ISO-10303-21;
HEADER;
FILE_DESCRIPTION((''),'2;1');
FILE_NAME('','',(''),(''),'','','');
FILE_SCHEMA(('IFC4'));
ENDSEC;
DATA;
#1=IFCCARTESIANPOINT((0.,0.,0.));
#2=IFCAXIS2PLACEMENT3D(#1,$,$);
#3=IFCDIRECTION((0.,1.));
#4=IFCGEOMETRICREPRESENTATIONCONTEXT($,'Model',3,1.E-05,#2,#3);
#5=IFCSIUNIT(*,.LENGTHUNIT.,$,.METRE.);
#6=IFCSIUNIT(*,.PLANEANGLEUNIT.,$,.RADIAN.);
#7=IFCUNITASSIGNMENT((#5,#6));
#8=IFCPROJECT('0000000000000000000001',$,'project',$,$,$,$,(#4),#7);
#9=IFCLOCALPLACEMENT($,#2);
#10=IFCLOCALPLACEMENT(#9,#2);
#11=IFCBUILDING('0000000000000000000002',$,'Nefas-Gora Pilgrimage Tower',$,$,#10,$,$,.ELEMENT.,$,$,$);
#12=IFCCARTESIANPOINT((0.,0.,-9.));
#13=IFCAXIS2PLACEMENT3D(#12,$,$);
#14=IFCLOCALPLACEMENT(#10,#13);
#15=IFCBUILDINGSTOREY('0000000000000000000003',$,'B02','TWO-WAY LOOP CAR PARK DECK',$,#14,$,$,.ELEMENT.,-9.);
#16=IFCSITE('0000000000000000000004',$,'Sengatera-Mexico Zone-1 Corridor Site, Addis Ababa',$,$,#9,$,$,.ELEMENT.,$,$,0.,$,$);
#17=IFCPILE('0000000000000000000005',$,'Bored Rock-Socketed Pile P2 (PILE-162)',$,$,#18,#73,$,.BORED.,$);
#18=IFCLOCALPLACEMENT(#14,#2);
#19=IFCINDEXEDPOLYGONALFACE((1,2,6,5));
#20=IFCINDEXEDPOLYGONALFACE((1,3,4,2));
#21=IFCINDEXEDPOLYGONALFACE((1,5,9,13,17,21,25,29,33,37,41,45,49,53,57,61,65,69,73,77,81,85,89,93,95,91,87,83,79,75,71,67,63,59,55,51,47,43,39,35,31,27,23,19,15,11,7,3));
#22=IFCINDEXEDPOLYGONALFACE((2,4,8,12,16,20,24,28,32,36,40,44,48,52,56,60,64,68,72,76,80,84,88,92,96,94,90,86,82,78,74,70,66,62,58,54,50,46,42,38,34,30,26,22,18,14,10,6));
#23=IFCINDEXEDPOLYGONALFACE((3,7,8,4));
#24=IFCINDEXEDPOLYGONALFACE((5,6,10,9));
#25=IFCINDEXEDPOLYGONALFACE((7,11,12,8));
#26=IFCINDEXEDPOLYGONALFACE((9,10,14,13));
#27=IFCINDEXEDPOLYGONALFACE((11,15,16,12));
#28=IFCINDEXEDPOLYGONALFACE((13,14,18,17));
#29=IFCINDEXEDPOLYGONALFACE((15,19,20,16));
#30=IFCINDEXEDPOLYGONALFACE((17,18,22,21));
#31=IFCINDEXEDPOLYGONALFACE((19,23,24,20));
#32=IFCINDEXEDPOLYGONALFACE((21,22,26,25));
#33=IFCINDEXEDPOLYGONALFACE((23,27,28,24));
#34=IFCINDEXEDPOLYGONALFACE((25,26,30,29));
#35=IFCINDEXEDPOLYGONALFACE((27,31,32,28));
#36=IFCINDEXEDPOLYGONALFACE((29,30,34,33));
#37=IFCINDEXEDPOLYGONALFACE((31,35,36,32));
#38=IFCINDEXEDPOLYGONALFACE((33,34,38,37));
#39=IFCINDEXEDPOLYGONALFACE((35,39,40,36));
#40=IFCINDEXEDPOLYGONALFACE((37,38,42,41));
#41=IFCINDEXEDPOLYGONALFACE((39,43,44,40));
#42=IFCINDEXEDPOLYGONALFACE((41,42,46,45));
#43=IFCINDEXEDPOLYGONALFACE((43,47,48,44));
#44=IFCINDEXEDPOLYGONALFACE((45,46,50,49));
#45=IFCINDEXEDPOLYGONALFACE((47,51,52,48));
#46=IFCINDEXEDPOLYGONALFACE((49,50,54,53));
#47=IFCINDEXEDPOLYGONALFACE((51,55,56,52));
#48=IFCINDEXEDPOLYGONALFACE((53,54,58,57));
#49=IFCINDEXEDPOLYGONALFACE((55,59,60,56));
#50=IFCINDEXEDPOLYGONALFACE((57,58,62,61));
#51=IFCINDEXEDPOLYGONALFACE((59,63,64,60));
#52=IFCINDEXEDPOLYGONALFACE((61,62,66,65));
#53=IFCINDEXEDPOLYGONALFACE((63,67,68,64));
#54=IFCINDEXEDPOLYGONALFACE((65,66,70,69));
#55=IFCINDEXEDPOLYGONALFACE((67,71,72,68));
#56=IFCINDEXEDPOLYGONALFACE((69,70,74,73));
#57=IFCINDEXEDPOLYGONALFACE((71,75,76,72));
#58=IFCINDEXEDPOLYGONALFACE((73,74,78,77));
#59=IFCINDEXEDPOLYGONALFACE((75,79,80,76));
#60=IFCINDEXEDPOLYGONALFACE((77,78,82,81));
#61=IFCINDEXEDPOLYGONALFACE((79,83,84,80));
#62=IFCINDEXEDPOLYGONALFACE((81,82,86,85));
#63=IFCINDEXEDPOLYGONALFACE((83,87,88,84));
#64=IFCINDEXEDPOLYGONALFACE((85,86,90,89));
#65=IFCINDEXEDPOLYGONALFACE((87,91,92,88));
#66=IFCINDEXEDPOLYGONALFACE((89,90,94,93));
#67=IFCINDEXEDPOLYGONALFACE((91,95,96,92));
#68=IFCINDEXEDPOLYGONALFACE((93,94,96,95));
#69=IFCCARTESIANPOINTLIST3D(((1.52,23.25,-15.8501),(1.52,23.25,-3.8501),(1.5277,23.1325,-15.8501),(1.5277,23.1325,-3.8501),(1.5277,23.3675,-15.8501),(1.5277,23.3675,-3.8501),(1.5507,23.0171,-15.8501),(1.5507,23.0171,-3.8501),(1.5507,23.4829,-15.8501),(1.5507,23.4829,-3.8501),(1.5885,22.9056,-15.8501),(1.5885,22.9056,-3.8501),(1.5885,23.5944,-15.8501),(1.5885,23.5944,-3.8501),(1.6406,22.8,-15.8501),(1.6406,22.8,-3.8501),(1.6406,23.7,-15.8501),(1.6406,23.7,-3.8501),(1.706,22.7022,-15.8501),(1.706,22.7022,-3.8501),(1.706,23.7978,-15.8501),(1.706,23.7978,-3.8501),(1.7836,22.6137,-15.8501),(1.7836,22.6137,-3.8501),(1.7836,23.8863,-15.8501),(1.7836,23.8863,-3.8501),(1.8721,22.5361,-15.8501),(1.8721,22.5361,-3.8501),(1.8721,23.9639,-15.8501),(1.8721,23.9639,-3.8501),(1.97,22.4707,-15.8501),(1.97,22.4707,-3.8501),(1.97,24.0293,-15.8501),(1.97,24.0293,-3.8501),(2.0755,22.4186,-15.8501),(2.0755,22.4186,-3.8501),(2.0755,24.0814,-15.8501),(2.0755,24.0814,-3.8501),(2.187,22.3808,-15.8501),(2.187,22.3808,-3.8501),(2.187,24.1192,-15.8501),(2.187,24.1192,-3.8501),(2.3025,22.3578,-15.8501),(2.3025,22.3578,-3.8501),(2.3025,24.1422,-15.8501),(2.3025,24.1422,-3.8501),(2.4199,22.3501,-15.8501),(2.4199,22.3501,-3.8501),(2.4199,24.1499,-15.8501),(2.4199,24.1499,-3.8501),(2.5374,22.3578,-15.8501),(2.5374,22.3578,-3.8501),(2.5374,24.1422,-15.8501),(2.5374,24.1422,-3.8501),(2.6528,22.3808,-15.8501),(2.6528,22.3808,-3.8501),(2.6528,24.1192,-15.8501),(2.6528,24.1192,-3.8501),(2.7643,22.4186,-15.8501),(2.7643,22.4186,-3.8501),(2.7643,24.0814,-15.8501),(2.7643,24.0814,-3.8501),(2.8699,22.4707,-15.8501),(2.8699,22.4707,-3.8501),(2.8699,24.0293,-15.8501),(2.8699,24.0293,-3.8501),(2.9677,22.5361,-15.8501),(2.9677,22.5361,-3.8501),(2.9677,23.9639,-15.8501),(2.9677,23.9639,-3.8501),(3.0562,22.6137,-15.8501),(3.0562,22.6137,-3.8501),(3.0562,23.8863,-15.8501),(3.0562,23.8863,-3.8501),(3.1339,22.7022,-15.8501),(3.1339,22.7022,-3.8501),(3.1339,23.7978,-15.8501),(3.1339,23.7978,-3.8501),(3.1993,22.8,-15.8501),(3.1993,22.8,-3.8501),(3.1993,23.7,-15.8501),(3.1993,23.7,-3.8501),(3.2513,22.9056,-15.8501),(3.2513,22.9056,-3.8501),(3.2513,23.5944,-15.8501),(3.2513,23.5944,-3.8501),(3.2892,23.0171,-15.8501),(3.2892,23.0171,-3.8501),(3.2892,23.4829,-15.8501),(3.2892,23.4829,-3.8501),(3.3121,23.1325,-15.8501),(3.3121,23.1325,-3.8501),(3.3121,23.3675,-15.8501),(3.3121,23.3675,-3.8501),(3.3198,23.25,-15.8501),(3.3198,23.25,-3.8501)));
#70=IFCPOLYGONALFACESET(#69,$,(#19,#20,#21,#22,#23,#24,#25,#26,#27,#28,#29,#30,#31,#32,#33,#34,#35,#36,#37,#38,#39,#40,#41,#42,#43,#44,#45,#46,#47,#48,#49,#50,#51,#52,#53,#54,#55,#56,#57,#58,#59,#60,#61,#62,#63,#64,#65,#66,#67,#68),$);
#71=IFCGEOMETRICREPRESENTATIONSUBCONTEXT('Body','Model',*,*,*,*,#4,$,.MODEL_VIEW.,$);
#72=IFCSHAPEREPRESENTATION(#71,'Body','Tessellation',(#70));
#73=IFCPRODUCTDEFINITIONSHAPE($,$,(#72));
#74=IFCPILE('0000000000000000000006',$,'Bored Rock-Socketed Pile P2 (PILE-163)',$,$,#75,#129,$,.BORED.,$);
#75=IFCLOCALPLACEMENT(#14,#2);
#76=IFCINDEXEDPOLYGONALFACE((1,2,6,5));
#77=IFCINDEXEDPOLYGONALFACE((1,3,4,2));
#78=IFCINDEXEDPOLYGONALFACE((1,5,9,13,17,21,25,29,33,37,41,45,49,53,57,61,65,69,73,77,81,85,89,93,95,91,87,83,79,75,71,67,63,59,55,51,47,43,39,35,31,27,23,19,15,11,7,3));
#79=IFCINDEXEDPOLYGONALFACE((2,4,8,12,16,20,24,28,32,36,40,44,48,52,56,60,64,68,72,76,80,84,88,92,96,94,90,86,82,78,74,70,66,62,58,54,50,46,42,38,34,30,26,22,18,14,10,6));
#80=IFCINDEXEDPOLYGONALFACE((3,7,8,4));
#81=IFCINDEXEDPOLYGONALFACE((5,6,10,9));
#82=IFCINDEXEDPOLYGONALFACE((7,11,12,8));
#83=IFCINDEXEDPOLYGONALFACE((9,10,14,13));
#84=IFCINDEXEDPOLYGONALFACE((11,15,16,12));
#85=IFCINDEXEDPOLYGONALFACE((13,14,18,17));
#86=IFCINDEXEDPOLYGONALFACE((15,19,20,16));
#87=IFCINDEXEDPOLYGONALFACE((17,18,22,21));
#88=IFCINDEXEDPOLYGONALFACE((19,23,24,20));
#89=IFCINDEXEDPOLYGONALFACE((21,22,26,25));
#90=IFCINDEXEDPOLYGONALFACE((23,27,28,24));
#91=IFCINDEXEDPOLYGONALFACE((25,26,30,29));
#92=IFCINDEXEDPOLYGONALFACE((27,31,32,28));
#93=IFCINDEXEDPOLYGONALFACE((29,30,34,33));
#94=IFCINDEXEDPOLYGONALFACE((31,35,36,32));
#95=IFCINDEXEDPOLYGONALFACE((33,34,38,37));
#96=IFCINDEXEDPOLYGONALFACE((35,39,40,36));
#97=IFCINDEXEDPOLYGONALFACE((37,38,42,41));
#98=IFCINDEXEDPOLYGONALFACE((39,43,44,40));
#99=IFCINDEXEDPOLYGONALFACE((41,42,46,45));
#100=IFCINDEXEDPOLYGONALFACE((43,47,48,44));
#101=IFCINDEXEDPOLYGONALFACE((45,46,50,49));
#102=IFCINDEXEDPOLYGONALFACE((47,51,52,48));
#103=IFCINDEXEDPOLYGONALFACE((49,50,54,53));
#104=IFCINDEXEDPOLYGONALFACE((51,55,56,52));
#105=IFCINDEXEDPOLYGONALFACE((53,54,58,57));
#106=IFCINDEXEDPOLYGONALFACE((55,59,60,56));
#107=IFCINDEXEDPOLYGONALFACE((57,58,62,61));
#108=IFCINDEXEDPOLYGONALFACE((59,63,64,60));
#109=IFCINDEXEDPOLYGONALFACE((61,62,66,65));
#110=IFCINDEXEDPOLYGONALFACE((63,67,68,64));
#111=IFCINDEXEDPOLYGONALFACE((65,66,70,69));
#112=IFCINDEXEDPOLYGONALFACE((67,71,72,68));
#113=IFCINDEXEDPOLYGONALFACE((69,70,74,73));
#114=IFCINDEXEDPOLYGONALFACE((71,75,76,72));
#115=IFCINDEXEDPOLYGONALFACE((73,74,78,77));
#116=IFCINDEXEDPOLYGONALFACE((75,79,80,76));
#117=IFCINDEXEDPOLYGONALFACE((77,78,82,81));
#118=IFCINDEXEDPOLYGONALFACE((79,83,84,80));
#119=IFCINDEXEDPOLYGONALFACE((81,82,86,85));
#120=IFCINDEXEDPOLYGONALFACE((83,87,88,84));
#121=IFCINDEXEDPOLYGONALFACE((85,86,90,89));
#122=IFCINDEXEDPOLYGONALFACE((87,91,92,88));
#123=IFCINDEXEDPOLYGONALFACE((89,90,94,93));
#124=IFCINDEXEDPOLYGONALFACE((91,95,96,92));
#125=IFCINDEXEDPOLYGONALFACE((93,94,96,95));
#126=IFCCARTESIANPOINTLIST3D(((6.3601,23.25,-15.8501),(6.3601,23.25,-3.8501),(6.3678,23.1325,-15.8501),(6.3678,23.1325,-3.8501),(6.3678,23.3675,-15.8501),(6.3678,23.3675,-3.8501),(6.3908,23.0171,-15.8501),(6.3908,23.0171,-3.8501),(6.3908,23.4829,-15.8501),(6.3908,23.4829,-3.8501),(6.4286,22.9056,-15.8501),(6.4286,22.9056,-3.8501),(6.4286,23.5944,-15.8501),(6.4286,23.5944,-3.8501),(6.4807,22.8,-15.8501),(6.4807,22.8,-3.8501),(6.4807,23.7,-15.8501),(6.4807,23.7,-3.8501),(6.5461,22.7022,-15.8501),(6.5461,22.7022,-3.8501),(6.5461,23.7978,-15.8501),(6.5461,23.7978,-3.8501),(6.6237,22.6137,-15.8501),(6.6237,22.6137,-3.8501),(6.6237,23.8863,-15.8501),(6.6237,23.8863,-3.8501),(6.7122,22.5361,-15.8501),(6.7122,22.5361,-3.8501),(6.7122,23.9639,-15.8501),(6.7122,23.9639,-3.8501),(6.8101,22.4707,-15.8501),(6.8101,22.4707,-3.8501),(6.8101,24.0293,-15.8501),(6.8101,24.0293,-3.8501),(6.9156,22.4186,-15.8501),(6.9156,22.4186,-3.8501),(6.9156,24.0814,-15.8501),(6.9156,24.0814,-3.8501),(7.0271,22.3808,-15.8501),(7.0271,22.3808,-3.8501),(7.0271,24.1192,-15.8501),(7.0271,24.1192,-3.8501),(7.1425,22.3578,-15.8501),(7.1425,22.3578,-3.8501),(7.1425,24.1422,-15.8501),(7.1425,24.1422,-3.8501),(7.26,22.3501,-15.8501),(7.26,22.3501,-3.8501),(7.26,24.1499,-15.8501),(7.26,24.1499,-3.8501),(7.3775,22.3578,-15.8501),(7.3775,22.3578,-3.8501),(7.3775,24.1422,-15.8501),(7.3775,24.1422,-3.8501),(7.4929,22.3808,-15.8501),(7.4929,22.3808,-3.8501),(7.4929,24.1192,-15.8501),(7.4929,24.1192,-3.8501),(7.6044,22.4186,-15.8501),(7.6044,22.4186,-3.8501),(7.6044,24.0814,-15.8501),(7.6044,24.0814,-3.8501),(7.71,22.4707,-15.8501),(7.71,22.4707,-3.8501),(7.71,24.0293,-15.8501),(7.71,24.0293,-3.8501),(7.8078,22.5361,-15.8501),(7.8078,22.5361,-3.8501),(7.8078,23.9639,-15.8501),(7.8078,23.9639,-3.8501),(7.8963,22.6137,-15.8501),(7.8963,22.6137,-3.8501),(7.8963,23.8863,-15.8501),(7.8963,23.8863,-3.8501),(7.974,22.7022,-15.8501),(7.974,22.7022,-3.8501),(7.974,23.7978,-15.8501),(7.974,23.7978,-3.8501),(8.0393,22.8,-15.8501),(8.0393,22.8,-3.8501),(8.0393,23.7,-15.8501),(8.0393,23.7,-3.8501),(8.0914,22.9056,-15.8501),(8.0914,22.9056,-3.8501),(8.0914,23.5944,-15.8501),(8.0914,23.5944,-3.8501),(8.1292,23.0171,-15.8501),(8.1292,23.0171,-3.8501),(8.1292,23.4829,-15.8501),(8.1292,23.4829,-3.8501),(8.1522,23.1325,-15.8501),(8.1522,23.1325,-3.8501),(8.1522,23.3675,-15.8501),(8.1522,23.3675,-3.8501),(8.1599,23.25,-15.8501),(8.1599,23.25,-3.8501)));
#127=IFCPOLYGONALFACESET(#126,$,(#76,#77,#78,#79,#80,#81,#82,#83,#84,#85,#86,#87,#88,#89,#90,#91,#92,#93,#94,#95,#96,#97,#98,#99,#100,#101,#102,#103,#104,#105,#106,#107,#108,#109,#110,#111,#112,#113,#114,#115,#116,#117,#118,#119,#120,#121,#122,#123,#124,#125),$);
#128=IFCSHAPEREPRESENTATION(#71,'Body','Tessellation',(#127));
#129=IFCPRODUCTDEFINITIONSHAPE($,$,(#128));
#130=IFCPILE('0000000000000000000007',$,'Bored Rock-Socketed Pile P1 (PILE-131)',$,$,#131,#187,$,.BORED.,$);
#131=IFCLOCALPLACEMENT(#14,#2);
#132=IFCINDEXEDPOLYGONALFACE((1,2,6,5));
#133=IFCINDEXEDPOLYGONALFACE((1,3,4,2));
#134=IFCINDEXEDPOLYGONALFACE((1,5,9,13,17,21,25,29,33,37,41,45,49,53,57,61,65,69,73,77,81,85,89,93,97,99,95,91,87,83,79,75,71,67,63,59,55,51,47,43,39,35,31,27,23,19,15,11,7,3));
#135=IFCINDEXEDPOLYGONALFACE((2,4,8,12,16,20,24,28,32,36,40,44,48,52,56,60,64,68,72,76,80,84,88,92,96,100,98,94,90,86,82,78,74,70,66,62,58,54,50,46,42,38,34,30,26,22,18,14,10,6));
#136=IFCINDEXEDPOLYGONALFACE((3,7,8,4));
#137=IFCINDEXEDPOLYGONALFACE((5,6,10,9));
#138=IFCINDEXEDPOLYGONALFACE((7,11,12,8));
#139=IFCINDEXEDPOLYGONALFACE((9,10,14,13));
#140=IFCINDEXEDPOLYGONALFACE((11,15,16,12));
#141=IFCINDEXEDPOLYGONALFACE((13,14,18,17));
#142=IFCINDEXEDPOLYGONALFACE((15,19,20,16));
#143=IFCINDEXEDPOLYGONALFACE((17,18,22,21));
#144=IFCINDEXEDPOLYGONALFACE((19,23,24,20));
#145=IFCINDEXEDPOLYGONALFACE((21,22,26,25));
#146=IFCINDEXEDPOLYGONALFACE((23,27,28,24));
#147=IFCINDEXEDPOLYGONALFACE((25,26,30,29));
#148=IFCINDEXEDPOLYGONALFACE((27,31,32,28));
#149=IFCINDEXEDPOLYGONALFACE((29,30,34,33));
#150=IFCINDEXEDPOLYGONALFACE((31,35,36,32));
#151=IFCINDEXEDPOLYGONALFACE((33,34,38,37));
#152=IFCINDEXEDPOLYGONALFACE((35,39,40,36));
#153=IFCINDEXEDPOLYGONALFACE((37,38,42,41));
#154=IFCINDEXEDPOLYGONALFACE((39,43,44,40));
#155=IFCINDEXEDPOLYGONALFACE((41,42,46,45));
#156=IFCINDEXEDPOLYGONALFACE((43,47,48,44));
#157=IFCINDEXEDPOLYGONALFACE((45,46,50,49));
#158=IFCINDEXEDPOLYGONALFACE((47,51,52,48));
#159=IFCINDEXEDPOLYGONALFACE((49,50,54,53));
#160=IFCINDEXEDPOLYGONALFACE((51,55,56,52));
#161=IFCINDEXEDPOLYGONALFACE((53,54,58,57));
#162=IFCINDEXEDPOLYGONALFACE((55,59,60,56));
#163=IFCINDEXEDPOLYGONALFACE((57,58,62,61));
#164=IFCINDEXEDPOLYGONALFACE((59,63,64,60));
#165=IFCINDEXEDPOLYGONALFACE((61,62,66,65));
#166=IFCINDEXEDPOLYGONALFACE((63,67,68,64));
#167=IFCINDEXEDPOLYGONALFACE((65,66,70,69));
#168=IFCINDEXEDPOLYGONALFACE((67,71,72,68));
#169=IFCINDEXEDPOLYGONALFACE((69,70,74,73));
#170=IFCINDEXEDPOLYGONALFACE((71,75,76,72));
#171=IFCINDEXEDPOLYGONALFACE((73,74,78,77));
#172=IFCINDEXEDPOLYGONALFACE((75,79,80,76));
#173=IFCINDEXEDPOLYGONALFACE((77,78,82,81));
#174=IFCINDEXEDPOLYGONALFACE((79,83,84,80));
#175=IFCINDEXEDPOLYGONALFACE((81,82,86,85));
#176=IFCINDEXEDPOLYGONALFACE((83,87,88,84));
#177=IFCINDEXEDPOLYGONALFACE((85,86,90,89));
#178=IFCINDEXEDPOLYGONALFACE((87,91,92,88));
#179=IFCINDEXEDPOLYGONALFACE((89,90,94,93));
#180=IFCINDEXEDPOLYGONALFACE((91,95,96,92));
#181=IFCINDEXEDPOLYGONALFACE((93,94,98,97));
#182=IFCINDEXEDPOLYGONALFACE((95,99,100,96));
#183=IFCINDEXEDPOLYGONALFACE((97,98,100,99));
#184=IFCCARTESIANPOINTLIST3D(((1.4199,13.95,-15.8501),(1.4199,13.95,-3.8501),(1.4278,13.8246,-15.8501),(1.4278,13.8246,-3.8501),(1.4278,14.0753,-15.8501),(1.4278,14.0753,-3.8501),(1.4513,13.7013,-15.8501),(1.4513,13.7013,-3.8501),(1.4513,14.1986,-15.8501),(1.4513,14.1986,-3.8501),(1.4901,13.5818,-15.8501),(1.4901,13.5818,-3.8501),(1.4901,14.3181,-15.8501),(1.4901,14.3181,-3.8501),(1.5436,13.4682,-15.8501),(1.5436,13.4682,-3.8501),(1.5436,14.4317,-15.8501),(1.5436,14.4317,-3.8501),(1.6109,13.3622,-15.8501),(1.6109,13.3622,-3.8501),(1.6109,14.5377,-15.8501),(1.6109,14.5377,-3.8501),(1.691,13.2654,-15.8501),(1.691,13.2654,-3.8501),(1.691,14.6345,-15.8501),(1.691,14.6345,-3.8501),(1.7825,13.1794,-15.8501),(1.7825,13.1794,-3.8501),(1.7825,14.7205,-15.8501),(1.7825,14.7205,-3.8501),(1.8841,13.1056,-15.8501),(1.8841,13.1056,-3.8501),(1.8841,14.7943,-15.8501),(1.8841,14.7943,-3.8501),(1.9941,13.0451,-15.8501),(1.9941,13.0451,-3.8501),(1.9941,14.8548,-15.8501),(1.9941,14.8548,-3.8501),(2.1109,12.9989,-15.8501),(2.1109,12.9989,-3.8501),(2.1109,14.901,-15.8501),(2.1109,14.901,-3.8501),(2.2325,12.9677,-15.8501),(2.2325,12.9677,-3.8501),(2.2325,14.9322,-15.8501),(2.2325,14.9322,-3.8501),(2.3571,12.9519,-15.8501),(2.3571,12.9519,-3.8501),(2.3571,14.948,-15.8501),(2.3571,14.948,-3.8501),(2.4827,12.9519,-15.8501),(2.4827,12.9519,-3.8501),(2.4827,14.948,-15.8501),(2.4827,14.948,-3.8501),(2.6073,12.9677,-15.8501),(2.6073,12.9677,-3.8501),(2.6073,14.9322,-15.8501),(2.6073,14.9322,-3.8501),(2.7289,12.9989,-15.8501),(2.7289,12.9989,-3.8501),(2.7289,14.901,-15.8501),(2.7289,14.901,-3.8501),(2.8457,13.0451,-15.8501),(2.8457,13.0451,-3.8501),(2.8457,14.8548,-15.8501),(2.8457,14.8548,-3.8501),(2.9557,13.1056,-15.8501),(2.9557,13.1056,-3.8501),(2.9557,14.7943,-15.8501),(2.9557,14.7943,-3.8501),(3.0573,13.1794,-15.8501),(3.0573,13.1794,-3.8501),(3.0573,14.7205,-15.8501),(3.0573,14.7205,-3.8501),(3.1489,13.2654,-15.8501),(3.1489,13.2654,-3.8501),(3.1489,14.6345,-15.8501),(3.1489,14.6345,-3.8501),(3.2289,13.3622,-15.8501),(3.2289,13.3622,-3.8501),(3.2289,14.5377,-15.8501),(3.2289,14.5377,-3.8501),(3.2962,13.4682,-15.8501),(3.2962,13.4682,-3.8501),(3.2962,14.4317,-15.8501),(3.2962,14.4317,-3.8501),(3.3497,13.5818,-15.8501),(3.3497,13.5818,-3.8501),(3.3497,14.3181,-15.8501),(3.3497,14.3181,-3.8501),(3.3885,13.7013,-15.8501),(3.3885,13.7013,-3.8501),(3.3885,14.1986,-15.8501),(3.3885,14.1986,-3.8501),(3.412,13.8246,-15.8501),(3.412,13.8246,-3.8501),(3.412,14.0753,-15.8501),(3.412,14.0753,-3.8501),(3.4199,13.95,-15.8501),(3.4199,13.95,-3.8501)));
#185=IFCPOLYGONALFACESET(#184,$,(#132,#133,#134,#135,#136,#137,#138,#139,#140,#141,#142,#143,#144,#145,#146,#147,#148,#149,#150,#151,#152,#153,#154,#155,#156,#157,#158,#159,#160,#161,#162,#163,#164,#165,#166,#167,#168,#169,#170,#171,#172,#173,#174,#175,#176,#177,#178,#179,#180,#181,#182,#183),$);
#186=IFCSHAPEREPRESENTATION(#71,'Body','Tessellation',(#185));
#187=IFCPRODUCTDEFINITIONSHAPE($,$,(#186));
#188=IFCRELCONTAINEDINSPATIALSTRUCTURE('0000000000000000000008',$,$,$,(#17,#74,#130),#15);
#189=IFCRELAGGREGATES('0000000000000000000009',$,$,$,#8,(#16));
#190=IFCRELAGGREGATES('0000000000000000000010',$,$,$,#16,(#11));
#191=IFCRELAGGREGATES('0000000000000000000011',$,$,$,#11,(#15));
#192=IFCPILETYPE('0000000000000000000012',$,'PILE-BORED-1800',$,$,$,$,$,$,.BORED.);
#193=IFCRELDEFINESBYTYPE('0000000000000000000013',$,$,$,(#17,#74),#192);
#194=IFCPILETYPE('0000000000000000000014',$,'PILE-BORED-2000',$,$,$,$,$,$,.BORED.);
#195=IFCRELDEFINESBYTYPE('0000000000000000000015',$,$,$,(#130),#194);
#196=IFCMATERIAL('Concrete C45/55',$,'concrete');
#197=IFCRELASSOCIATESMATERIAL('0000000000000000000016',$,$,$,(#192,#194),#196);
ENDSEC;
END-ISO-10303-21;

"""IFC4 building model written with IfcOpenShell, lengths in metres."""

from ifc_helpers import new_model, si_unit, direction, frame, origin, origin_2d, place, context, subcontext, project, spatial, circle, extrude, source, transform, mapped, material, material_profile, profile_set, type_object, element, save


model = new_model("IFC4")

# Units and contexts
model_context = context("Model", 3, precision=1e-05, world=origin(), true_north=direction((0.0, 1.0)))
body_context = subcontext(model_context, "Body", "Model", "MODEL_VIEW")
ifc_project = project(units=[si_unit("LENGTHUNIT", "METRE"), si_unit("PLANEANGLEUNIT", "RADIAN")], contexts=[model_context])

# Site, building, storey
site_placement = place(None, origin())
site = spatial("IfcSite", under=ifc_project, at=site_placement, Name="Sengatera-Mexico Zone-1 Corridor Site, Addis Ababa", CompositionType="ELEMENT", RefElevation=0.0)
building_placement = place(site_placement, origin())
building = spatial("IfcBuilding", under=site, at=building_placement, Name="Nefas-Gora Pilgrimage Tower", CompositionType="ELEMENT")
storey_placement = place(building_placement, frame((0.0, 0.0, -9.0)))
storey = spatial("IfcBuildingStorey", under=building, at=storey_placement, Name="B02", Description="TWO-WAY LOOP CAR PARK DECK", CompositionType="ELEMENT", Elevation=-9.0)

# Piles
ifc_material_1 = material(Name="Concrete C45/55", Category="concrete")
ifc_material_profile_1 = material_profile(ifc_material_1, circle(Radius=0.8999, at=origin_2d()), Name="PILE D1800")
ifc_profile_set_1 = profile_set([ifc_material_profile_1], Name="Concrete C45/55")
pile_type_1 = type_object("IfcPileType", Name="PILE-BORED-1800", PredefinedType="BORED", material=ifc_profile_set_1)
shared_shape_1 = source(origin(), body_context, "Body", "SweptSolid", [
    extrude(circle(Radius=0.8999, at=origin_2d()), origin(), (0.0, 0.0, 1.0), 12.0),
])
for number, where, z_axis, x_axis, name in (
    (1, (2.4199, 23.25, -3.8501), (0.0, 0.0, -1.0), (1.0, 0.0, 0.0), "Bored Rock-Socketed Pile P2 (PILE-162)"),
    (2, (7.26, 23.25, -3.8501), (0.0, 0.0, -1.0), (1.0, 0.0, 0.0), "Bored Rock-Socketed Pile P2 (PILE-163)"),
):
    element("IfcPile", number, at=place(storey_placement, frame(where, z_axis=z_axis, x_axis=x_axis)), inside=storey, type_object=pile_type_1, Name=name, PredefinedType="BORED", context=body_context, shape_type="MappedRepresentation", body=[
        mapped(shared_shape_1, transform((0.0, 0.0, 0.0), x_axis=(1.0, 0.0, 0.0), y_axis=(0.0, 1.0, 0.0), z_axis=(0.0, 0.0, 1.0), scale=1.0)),
    ])
ifc_material_profile_2 = material_profile(ifc_material_1, circle(Radius=1.0, at=origin_2d()), Name="PILE D2000")
ifc_profile_set_2 = profile_set([ifc_material_profile_2], Name="Concrete C45/55")
pile_type_2 = type_object("IfcPileType", Name="PILE-BORED-2000", PredefinedType="BORED", material=ifc_profile_set_2)
shared_shape_2 = source(origin(), body_context, "Body", "SweptSolid", [
    extrude(circle(Radius=1.0, at=origin_2d()), origin(), (0.0, 0.0, 1.0), 12.0),
])
pile_placement = place(storey_placement, frame((2.4199, 13.95, -3.8501), z_axis=(0.0, 0.0, -1.0), x_axis=(1.0, 0.0, 0.0)))
element("IfcPile", 3, at=pile_placement, inside=storey, type_object=pile_type_2, Name="Bored Rock-Socketed Pile P1 (PILE-131)", PredefinedType="BORED", context=body_context, shape_type="MappedRepresentation", body=[
    mapped(shared_shape_2, transform((0.0, 0.0, 0.0), x_axis=(1.0, 0.0, 0.0), y_axis=(0.0, 1.0, 0.0), z_axis=(0.0, 0.0, 1.0), scale=1.0)),
])

save(model, "model.ifc")
